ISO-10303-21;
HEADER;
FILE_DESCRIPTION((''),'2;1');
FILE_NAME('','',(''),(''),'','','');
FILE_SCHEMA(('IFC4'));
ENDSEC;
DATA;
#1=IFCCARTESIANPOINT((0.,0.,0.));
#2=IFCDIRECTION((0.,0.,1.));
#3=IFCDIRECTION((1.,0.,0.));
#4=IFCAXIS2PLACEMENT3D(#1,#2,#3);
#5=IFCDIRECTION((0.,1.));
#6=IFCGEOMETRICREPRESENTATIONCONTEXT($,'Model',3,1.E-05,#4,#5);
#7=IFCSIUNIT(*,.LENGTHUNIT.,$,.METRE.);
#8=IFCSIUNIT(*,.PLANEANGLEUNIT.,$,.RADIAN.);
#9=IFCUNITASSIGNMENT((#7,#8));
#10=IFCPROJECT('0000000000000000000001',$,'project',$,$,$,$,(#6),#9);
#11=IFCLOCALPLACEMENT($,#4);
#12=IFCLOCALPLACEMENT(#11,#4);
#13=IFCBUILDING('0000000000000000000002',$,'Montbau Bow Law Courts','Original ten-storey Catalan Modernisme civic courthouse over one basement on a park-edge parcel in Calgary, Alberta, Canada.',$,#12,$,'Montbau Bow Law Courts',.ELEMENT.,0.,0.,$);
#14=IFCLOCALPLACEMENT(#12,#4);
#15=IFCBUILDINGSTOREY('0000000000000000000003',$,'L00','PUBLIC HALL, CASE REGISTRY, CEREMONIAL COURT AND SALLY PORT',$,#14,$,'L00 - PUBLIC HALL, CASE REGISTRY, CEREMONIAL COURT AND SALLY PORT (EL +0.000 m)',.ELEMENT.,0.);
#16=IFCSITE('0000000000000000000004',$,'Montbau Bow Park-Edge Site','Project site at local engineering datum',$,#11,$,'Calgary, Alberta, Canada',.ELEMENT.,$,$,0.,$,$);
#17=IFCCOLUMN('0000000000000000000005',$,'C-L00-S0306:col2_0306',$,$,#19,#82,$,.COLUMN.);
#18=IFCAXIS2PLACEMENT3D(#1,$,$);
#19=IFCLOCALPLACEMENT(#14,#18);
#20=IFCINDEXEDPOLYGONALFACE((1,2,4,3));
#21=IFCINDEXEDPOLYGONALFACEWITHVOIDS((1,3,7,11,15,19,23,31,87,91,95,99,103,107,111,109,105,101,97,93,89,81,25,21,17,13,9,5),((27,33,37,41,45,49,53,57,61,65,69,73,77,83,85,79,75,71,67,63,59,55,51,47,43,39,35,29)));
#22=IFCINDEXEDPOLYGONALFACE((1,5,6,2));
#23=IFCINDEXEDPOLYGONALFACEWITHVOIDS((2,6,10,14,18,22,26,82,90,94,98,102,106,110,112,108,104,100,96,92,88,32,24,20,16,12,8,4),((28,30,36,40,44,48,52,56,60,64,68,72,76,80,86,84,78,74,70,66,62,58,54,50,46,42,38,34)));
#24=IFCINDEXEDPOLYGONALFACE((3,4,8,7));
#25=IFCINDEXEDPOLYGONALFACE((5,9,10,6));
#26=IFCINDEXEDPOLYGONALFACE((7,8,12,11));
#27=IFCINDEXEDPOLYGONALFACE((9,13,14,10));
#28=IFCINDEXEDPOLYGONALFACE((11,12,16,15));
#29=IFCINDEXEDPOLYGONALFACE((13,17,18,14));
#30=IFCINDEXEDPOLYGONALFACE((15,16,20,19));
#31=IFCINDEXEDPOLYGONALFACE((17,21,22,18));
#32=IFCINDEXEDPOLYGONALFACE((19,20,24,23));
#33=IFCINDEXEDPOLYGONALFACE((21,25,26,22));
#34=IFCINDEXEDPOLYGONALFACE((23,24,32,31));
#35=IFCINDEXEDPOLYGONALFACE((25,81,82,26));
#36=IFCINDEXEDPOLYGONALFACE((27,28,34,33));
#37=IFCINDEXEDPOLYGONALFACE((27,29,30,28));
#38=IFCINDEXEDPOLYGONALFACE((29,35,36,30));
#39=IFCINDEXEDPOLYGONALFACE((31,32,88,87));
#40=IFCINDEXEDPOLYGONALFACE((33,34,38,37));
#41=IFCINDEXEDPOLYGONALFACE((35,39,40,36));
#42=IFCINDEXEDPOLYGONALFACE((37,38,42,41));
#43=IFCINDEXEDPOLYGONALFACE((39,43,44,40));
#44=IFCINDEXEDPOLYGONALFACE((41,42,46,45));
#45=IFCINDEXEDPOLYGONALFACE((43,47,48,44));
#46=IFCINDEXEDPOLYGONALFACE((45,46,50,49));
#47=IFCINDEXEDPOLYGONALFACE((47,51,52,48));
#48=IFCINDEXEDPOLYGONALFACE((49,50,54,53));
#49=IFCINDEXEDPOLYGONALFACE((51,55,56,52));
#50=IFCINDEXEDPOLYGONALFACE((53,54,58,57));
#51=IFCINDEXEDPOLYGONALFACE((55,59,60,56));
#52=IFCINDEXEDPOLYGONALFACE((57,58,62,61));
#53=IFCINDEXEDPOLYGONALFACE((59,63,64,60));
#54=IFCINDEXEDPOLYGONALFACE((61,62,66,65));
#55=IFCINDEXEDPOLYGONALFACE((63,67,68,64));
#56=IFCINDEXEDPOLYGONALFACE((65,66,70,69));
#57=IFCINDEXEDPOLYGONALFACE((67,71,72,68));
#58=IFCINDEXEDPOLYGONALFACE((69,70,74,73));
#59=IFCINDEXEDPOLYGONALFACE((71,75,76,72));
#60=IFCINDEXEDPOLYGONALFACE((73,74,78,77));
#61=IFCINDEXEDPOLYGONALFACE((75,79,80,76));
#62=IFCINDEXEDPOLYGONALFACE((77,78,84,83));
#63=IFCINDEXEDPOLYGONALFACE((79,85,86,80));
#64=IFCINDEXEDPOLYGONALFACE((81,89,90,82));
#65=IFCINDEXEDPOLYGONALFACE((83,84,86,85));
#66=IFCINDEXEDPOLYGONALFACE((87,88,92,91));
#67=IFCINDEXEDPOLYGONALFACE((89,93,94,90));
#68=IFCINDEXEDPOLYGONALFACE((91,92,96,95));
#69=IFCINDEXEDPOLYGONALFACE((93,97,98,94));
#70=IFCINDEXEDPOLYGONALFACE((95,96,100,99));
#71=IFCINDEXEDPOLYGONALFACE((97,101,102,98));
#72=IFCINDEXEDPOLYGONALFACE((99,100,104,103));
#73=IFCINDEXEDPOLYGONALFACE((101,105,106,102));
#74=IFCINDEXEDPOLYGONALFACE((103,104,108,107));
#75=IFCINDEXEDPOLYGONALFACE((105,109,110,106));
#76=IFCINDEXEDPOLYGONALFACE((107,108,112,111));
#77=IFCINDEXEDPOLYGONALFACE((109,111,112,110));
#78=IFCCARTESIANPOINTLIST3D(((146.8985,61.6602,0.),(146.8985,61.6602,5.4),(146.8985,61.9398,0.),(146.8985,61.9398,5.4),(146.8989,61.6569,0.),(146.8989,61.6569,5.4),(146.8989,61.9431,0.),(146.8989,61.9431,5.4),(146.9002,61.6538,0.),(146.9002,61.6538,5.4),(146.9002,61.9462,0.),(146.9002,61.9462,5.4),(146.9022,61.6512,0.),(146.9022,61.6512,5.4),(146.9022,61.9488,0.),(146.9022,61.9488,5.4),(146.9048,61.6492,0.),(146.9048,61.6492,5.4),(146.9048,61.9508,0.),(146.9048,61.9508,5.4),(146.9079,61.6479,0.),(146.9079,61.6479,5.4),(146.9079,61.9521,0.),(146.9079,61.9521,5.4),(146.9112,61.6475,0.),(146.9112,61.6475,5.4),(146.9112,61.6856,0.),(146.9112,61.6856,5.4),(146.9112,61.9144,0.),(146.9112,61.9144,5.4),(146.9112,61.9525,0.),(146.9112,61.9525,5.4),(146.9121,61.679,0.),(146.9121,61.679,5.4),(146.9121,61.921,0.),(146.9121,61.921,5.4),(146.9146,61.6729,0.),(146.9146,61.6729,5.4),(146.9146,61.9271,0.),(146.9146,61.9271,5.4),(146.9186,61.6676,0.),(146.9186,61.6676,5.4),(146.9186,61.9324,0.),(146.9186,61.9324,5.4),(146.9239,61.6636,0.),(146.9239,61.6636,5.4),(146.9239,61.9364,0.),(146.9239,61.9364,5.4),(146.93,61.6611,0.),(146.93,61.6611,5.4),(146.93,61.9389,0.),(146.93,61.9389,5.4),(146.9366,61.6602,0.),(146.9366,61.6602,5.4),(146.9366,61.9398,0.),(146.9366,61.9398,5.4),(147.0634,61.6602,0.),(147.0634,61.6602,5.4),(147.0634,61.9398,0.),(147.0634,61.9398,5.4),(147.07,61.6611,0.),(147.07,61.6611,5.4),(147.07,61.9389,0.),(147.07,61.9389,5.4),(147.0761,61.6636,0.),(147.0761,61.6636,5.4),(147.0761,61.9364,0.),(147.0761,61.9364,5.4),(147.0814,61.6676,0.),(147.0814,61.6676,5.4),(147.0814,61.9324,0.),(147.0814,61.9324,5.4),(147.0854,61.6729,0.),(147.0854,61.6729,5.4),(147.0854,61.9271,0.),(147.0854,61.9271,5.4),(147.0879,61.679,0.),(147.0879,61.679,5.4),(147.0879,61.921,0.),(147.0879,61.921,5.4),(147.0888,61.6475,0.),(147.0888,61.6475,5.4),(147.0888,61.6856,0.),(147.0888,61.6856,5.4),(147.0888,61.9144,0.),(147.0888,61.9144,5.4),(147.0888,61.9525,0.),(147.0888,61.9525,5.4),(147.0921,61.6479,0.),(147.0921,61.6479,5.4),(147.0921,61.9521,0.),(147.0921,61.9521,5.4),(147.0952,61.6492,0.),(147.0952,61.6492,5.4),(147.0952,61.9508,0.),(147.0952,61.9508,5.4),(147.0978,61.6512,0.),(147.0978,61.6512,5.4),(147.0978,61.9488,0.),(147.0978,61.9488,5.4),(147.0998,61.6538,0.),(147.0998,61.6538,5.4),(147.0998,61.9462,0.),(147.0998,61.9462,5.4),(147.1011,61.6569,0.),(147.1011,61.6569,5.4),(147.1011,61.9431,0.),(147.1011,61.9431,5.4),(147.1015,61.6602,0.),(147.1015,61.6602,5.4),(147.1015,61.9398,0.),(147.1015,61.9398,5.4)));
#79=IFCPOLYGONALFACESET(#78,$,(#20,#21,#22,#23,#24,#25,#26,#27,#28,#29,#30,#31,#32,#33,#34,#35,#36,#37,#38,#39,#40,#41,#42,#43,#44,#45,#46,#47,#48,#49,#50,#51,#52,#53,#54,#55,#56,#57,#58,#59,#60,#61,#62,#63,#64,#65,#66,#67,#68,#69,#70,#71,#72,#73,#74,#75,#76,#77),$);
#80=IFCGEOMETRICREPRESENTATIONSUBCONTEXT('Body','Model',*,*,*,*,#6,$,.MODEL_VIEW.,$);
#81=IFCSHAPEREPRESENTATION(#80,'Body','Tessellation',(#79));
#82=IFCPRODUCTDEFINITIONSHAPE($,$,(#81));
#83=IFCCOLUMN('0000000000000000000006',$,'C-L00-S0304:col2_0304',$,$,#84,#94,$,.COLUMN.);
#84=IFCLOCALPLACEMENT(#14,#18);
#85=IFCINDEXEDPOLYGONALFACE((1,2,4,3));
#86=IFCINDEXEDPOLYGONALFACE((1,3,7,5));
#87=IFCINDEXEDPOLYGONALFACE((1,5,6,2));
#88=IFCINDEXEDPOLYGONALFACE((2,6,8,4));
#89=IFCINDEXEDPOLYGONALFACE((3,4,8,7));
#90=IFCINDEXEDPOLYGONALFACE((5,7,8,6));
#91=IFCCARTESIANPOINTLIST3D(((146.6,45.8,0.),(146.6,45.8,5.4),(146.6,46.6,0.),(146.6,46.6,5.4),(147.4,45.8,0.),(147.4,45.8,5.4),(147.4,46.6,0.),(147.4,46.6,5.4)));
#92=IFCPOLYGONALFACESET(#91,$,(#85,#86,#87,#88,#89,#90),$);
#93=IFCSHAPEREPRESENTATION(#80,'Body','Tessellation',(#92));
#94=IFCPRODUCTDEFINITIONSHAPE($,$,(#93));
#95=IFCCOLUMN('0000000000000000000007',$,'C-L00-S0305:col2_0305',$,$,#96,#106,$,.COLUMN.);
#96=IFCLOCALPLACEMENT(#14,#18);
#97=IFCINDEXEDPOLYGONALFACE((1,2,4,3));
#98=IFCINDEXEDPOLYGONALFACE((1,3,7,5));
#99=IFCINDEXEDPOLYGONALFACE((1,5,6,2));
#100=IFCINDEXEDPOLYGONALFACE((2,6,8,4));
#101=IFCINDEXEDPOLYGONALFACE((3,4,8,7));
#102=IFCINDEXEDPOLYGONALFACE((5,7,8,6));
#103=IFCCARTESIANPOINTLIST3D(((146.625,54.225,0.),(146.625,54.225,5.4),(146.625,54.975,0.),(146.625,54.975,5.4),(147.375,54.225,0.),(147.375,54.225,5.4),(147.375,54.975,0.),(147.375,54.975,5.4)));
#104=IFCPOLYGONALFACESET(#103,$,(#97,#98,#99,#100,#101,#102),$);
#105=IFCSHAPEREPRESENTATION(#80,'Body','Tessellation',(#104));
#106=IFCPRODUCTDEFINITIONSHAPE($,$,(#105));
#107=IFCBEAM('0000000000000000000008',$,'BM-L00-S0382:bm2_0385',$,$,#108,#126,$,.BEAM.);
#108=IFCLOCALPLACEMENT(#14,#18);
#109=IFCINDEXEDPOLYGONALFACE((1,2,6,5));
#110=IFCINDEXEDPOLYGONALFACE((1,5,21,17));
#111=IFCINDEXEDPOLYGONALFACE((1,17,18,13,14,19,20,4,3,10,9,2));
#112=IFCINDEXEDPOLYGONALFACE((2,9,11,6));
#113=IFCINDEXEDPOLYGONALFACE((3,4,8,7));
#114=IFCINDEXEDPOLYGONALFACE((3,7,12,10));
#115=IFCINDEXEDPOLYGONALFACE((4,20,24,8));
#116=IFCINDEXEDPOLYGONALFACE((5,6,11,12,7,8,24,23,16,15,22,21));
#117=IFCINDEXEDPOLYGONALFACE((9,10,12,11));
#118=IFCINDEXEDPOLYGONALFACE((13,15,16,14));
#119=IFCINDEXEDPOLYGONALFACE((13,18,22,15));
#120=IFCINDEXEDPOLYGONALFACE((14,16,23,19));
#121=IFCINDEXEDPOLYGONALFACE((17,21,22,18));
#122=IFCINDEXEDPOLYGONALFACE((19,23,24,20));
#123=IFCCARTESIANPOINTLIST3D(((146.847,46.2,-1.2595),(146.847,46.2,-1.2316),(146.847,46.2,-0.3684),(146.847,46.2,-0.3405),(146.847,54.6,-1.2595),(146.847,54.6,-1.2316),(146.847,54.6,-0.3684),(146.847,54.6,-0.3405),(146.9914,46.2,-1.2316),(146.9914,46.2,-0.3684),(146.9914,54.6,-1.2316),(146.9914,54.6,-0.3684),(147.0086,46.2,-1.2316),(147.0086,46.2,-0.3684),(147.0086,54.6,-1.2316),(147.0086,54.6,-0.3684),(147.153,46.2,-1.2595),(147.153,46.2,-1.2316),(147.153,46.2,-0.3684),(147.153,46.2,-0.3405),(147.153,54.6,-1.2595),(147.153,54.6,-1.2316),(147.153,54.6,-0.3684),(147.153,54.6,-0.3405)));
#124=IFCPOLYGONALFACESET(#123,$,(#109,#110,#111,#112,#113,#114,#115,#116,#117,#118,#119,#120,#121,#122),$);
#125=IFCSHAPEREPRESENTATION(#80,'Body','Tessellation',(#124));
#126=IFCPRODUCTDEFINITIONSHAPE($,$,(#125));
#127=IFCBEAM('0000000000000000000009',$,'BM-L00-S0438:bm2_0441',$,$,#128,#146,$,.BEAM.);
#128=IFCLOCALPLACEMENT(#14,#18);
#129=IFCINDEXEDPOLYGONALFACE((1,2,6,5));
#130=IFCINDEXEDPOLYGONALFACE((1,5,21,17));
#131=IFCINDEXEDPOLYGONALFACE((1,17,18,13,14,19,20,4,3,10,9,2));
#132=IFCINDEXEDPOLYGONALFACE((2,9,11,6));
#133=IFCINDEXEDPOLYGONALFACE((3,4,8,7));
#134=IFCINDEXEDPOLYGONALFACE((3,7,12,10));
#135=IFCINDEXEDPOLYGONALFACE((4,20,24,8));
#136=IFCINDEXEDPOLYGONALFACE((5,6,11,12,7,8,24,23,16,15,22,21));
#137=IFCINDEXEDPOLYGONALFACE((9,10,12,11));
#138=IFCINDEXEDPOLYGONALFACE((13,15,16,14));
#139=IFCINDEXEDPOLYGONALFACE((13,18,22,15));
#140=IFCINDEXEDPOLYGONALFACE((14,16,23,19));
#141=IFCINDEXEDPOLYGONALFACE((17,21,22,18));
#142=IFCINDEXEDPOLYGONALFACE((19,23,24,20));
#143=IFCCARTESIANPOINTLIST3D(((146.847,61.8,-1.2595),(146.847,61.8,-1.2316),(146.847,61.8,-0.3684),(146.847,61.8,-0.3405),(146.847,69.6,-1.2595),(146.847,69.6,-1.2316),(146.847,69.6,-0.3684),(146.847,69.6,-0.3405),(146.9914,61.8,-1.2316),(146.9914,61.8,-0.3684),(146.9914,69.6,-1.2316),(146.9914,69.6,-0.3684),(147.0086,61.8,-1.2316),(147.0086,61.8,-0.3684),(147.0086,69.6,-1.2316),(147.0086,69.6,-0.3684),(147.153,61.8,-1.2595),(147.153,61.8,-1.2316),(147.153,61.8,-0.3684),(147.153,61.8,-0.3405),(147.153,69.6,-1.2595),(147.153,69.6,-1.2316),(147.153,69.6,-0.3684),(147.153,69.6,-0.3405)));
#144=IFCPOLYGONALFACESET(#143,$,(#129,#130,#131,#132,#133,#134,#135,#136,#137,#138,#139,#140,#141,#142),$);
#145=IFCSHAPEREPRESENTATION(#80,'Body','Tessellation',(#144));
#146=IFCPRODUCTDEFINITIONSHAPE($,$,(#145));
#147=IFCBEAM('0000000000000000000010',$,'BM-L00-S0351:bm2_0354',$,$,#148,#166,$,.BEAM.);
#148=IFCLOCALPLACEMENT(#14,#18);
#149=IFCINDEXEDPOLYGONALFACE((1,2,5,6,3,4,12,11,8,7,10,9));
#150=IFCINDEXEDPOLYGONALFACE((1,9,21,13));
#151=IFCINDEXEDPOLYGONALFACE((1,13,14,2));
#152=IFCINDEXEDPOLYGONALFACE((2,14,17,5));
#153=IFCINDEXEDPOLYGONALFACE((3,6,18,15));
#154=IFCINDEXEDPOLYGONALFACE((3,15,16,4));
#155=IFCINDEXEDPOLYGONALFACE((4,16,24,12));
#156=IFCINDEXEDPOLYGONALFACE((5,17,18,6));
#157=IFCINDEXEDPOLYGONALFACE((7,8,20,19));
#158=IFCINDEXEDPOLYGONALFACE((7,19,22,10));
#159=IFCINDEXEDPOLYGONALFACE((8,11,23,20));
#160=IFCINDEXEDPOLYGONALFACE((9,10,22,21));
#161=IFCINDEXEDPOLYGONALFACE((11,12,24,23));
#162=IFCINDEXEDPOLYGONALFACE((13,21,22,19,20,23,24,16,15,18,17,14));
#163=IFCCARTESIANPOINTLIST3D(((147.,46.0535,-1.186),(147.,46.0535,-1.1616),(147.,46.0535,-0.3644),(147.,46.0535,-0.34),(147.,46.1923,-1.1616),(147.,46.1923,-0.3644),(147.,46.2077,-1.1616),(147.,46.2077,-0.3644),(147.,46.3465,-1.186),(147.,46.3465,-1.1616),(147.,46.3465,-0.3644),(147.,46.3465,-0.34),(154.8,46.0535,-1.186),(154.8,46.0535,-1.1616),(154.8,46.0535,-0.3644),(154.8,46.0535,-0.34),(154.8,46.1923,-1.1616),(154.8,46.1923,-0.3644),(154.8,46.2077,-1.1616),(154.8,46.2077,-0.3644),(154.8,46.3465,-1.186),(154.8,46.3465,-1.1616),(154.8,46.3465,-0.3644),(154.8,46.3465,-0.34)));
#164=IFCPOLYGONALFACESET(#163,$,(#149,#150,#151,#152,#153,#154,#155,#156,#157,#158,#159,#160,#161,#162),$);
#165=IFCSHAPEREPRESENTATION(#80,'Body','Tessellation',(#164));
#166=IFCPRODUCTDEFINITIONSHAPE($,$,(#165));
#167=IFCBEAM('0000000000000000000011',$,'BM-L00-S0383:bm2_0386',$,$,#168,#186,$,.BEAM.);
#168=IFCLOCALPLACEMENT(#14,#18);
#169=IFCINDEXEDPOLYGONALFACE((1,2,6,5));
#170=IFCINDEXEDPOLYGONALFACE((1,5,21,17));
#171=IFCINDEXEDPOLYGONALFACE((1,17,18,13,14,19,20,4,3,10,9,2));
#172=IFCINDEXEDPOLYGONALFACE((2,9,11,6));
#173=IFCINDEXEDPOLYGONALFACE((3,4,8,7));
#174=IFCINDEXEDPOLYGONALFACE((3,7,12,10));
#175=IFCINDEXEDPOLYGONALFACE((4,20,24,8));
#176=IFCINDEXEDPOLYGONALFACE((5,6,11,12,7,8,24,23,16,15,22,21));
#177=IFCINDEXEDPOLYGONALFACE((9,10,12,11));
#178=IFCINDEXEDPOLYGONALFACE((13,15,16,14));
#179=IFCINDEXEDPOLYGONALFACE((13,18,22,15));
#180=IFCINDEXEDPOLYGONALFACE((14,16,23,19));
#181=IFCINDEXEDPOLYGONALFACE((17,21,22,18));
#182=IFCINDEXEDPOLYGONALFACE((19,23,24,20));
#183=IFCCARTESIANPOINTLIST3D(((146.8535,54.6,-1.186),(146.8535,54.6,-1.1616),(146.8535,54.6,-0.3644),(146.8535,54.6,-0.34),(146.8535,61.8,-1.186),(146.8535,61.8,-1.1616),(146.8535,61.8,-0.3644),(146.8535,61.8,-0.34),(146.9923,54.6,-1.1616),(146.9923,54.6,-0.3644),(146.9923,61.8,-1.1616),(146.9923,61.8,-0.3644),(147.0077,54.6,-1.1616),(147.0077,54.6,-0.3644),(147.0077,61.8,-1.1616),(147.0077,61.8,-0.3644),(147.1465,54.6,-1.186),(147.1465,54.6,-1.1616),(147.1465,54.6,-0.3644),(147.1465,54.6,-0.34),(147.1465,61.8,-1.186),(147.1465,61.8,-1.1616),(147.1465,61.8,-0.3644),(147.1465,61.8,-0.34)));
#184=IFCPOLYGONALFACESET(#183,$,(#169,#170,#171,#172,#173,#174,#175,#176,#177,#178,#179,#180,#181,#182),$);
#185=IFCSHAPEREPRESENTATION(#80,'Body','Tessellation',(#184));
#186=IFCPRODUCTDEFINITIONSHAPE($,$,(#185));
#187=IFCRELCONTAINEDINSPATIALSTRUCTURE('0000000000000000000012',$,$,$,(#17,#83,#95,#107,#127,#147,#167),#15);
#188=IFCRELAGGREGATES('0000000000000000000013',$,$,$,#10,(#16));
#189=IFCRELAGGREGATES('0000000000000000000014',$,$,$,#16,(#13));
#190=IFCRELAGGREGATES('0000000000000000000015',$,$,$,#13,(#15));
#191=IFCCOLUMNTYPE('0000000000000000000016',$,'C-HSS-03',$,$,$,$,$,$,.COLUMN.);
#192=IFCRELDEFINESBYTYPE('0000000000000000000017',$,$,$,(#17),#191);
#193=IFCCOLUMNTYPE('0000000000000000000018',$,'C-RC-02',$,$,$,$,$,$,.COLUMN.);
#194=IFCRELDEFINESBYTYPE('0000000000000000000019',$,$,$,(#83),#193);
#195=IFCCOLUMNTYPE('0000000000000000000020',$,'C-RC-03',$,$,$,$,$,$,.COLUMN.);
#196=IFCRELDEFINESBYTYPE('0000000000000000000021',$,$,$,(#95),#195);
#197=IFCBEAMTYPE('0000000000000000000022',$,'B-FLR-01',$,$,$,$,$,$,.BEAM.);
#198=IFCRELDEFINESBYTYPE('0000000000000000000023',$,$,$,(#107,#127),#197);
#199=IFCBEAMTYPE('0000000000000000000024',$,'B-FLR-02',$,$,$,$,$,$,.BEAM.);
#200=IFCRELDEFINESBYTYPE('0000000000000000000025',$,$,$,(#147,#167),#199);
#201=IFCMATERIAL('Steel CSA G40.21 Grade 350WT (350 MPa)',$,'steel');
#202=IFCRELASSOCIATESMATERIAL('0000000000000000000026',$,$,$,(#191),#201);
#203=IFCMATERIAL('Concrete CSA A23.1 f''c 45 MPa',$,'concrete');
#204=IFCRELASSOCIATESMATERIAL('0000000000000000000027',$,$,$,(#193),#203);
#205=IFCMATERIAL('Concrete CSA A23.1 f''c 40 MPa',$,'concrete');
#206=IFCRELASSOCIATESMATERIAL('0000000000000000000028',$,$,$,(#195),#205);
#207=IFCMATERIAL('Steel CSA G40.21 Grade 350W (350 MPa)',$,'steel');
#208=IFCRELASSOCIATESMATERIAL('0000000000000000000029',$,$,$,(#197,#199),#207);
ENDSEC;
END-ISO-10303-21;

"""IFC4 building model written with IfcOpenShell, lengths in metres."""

from ifc_helpers import new_model, si_unit, direction, frame, origin_with_axes, origin_2d_with_axis, place, context, subcontext, project, spatial, rectangle, hollow_rectangle, i_section, extrude, material, material_profile, profile_set, type_object, element, save


model = new_model("IFC4")

# Units and contexts
model_context = context("Model", 3, precision=1e-05, world=origin_with_axes(), true_north=direction((0.0, 1.0)))
body_context = subcontext(model_context, "Body", "Model", "MODEL_VIEW")
ifc_project = project(units=[si_unit("LENGTHUNIT", "METRE"), si_unit("PLANEANGLEUNIT", "RADIAN")], contexts=[model_context])

# Site, building, storey
site_placement = place(None, origin_with_axes())
site = spatial("IfcSite", under=ifc_project, at=site_placement, Name="Montbau Bow Park-Edge Site", Description="Project site at local engineering datum", LongName="Calgary, Alberta, Canada", CompositionType="ELEMENT", RefElevation=0.0)
building_placement = place(site_placement, origin_with_axes())
building = spatial("IfcBuilding", under=site, at=building_placement, Name="Montbau Bow Law Courts", Description="Original ten-storey Catalan Modernisme civic courthouse over one basement on a park-edge parcel in Calgary, Alberta, Canada.", LongName="Montbau Bow Law Courts", CompositionType="ELEMENT", ElevationOfRefHeight=0.0, ElevationOfTerrain=0.0)
storey_placement = place(building_placement, origin_with_axes())
storey = spatial("IfcBuildingStorey", under=building, at=storey_placement, Name="L00", Description="PUBLIC HALL, CASE REGISTRY, CEREMONIAL COURT AND SALLY PORT", LongName="L00 - PUBLIC HALL, CASE REGISTRY, CEREMONIAL COURT AND SALLY PORT (EL +0.000 m)", CompositionType="ELEMENT", Elevation=0.0)

# Columns
ifc_material_1 = material(Name="Steel CSA G40.21 Grade 350WT (350 MPa)", Category="steel")
ifc_material_profile_1 = material_profile(ifc_material_1, hollow_rectangle(XDim=0.203, YDim=0.305, WallThickness=0.0127, InnerFilletRadius=0.0254, OuterFilletRadius=0.0127, at=origin_2d_with_axis()), Name="HSS305X203X13", Category="Main", Priority=0)
ifc_profile_set_1 = profile_set([ifc_material_profile_1], Name="Steel CSA G40.21 Grade 350WT (350 MPa)")
column_type_1 = type_object("IfcColumnType", Name="C-HSS-03", PredefinedType="COLUMN", material=ifc_profile_set_1)
column_1_placement = place(None, frame((147.0, 61.8, 0.0), z_axis=(0.0, 0.0, 1.0), x_axis=(1.0, 0.0, 0.0)))
element("IfcColumn", 1, at=column_1_placement, inside=storey, type_object=column_type_1, Name="C-L00-S0306:col2_0306", PredefinedType="COLUMN", context=body_context, shape_type="SweptSolid", body=[
    extrude(hollow_rectangle(XDim=0.203, YDim=0.305, WallThickness=0.0127, InnerFilletRadius=0.0254, OuterFilletRadius=0.0127, at=origin_2d_with_axis()), origin_with_axes(), (0.0, 0.0, 1.0), 5.4),
])
ifc_material_2 = material(Name="Concrete CSA A23.1 f'c 45 MPa", Category="concrete")
ifc_material_profile_2 = material_profile(ifc_material_2, rectangle(XDim=0.8, YDim=0.8, at=origin_2d_with_axis()), Name="RC800X800", Category="Main", Priority=0)
ifc_profile_set_2 = profile_set([ifc_material_profile_2], Name="Concrete CSA A23.1 f'c 45 MPa")
column_type_2 = type_object("IfcColumnType", Name="C-RC-02", PredefinedType="COLUMN", material=ifc_profile_set_2)
column_2_placement = place(None, frame((147.0, 46.2, 0.0), z_axis=(0.0, 0.0, 1.0), x_axis=(1.0, 0.0, 0.0)))
element("IfcColumn", 2, at=column_2_placement, inside=storey, type_object=column_type_2, Name="C-L00-S0304:col2_0304", PredefinedType="COLUMN", context=body_context, shape_type="SweptSolid", body=[
    extrude(rectangle(XDim=0.8, YDim=0.8, at=origin_2d_with_axis()), origin_with_axes(), (0.0, 0.0, 1.0), 5.4),
])
ifc_material_3 = material(Name="Concrete CSA A23.1 f'c 40 MPa", Category="concrete")
ifc_material_profile_3 = material_profile(ifc_material_3, rectangle(XDim=0.75, YDim=0.75, at=origin_2d_with_axis()), Name="RC750X750", Category="Main", Priority=0)
ifc_profile_set_3 = profile_set([ifc_material_profile_3], Name="Concrete CSA A23.1 f'c 40 MPa")
column_type_3 = type_object("IfcColumnType", Name="C-RC-03", PredefinedType="COLUMN", material=ifc_profile_set_3)
column_3_placement = place(None, frame((147.0, 54.6, 0.0), z_axis=(0.0, 0.0, 1.0), x_axis=(1.0, 0.0, 0.0)))
element("IfcColumn", 3, at=column_3_placement, inside=storey, type_object=column_type_3, Name="C-L00-S0305:col2_0305", PredefinedType="COLUMN", context=body_context, shape_type="SweptSolid", body=[
    extrude(rectangle(XDim=0.75, YDim=0.75, at=origin_2d_with_axis()), origin_with_axes(), (0.0, 0.0, 1.0), 5.4),
])

# Beams
ifc_material_4 = material(Name="Steel CSA G40.21 Grade 350W (350 MPa)", Category="steel")
ifc_material_profile_4 = material_profile(ifc_material_4, i_section(OverallWidth=0.306, OverallDepth=0.919, WebThickness=0.0173, FlangeThickness=0.0279, at=origin_2d_with_axis()), Name="W920X253", Category="Main", Priority=0)
ifc_profile_set_4 = profile_set([ifc_material_profile_4], Name="Steel CSA G40.21 Grade 350W (350 MPa)")
beam_type_1 = type_object("IfcBeamType", Name="B-FLR-01", PredefinedType="BEAM", material=ifc_profile_set_4)
beam_1_placement = place(None, frame((147.0, 46.2, -0.8), z_axis=(0.0, 1.0, 0.0), x_axis=(-1.0, 0.0, 0.0)))
element("IfcBeam", 4, at=beam_1_placement, inside=storey, type_object=beam_type_1, Name="BM-L00-S0382:bm2_0385", PredefinedType="BEAM", context=body_context, shape_type="SweptSolid", body=[
    extrude(i_section(OverallWidth=0.306, OverallDepth=0.919, WebThickness=0.0173, FlangeThickness=0.0279, at=origin_2d_with_axis()), origin_with_axes(), (0.0, 0.0, 1.0), 8.4),
])
beam_2_placement = place(None, frame((147.0, 61.8, -0.8), z_axis=(0.0, 1.0, 0.0), x_axis=(-1.0, 0.0, 0.0)))
element("IfcBeam", 5, at=beam_2_placement, inside=storey, type_object=beam_type_1, Name="BM-L00-S0438:bm2_0441", PredefinedType="BEAM", context=body_context, shape_type="SweptSolid", body=[
    extrude(i_section(OverallWidth=0.306, OverallDepth=0.919, WebThickness=0.0173, FlangeThickness=0.0279, at=origin_2d_with_axis()), origin_with_axes(), (0.0, 0.0, 1.0), 7.8),
])
ifc_material_profile_5 = material_profile(ifc_material_4, i_section(OverallWidth=0.293, OverallDepth=0.846, WebThickness=0.0154, FlangeThickness=0.0244, at=origin_2d_with_axis()), Name="W840X210", Category="Main", Priority=0)
ifc_profile_set_5 = profile_set([ifc_material_profile_5], Name="Steel CSA G40.21 Grade 350W (350 MPa)")
beam_type_2 = type_object("IfcBeamType", Name="B-FLR-02", PredefinedType="BEAM", material=ifc_profile_set_5)
beam_3_placement = place(None, frame((147.0, 46.2, -0.763), z_axis=(1.0, 0.0, 0.0), x_axis=(0.0, 1.0, 0.0)))
element("IfcBeam", 6, at=beam_3_placement, inside=storey, type_object=beam_type_2, Name="BM-L00-S0351:bm2_0354", PredefinedType="BEAM", context=body_context, shape_type="SweptSolid", body=[
    extrude(i_section(OverallWidth=0.293, OverallDepth=0.846, WebThickness=0.0154, FlangeThickness=0.0244, at=origin_2d_with_axis()), origin_with_axes(), (0.0, 0.0, 1.0), 7.8),
])
beam_4_placement = place(None, frame((147.0, 54.6, -0.763), z_axis=(0.0, 1.0, 0.0), x_axis=(-1.0, 0.0, 0.0)))
element("IfcBeam", 7, at=beam_4_placement, inside=storey, type_object=beam_type_2, Name="BM-L00-S0383:bm2_0386", PredefinedType="BEAM", context=body_context, shape_type="SweptSolid", body=[
    extrude(i_section(OverallWidth=0.293, OverallDepth=0.846, WebThickness=0.0154, FlangeThickness=0.0244, at=origin_2d_with_axis()), origin_with_axes(), (0.0, 0.0, 1.0), 7.2),
])

save(model, "model.ifc")
